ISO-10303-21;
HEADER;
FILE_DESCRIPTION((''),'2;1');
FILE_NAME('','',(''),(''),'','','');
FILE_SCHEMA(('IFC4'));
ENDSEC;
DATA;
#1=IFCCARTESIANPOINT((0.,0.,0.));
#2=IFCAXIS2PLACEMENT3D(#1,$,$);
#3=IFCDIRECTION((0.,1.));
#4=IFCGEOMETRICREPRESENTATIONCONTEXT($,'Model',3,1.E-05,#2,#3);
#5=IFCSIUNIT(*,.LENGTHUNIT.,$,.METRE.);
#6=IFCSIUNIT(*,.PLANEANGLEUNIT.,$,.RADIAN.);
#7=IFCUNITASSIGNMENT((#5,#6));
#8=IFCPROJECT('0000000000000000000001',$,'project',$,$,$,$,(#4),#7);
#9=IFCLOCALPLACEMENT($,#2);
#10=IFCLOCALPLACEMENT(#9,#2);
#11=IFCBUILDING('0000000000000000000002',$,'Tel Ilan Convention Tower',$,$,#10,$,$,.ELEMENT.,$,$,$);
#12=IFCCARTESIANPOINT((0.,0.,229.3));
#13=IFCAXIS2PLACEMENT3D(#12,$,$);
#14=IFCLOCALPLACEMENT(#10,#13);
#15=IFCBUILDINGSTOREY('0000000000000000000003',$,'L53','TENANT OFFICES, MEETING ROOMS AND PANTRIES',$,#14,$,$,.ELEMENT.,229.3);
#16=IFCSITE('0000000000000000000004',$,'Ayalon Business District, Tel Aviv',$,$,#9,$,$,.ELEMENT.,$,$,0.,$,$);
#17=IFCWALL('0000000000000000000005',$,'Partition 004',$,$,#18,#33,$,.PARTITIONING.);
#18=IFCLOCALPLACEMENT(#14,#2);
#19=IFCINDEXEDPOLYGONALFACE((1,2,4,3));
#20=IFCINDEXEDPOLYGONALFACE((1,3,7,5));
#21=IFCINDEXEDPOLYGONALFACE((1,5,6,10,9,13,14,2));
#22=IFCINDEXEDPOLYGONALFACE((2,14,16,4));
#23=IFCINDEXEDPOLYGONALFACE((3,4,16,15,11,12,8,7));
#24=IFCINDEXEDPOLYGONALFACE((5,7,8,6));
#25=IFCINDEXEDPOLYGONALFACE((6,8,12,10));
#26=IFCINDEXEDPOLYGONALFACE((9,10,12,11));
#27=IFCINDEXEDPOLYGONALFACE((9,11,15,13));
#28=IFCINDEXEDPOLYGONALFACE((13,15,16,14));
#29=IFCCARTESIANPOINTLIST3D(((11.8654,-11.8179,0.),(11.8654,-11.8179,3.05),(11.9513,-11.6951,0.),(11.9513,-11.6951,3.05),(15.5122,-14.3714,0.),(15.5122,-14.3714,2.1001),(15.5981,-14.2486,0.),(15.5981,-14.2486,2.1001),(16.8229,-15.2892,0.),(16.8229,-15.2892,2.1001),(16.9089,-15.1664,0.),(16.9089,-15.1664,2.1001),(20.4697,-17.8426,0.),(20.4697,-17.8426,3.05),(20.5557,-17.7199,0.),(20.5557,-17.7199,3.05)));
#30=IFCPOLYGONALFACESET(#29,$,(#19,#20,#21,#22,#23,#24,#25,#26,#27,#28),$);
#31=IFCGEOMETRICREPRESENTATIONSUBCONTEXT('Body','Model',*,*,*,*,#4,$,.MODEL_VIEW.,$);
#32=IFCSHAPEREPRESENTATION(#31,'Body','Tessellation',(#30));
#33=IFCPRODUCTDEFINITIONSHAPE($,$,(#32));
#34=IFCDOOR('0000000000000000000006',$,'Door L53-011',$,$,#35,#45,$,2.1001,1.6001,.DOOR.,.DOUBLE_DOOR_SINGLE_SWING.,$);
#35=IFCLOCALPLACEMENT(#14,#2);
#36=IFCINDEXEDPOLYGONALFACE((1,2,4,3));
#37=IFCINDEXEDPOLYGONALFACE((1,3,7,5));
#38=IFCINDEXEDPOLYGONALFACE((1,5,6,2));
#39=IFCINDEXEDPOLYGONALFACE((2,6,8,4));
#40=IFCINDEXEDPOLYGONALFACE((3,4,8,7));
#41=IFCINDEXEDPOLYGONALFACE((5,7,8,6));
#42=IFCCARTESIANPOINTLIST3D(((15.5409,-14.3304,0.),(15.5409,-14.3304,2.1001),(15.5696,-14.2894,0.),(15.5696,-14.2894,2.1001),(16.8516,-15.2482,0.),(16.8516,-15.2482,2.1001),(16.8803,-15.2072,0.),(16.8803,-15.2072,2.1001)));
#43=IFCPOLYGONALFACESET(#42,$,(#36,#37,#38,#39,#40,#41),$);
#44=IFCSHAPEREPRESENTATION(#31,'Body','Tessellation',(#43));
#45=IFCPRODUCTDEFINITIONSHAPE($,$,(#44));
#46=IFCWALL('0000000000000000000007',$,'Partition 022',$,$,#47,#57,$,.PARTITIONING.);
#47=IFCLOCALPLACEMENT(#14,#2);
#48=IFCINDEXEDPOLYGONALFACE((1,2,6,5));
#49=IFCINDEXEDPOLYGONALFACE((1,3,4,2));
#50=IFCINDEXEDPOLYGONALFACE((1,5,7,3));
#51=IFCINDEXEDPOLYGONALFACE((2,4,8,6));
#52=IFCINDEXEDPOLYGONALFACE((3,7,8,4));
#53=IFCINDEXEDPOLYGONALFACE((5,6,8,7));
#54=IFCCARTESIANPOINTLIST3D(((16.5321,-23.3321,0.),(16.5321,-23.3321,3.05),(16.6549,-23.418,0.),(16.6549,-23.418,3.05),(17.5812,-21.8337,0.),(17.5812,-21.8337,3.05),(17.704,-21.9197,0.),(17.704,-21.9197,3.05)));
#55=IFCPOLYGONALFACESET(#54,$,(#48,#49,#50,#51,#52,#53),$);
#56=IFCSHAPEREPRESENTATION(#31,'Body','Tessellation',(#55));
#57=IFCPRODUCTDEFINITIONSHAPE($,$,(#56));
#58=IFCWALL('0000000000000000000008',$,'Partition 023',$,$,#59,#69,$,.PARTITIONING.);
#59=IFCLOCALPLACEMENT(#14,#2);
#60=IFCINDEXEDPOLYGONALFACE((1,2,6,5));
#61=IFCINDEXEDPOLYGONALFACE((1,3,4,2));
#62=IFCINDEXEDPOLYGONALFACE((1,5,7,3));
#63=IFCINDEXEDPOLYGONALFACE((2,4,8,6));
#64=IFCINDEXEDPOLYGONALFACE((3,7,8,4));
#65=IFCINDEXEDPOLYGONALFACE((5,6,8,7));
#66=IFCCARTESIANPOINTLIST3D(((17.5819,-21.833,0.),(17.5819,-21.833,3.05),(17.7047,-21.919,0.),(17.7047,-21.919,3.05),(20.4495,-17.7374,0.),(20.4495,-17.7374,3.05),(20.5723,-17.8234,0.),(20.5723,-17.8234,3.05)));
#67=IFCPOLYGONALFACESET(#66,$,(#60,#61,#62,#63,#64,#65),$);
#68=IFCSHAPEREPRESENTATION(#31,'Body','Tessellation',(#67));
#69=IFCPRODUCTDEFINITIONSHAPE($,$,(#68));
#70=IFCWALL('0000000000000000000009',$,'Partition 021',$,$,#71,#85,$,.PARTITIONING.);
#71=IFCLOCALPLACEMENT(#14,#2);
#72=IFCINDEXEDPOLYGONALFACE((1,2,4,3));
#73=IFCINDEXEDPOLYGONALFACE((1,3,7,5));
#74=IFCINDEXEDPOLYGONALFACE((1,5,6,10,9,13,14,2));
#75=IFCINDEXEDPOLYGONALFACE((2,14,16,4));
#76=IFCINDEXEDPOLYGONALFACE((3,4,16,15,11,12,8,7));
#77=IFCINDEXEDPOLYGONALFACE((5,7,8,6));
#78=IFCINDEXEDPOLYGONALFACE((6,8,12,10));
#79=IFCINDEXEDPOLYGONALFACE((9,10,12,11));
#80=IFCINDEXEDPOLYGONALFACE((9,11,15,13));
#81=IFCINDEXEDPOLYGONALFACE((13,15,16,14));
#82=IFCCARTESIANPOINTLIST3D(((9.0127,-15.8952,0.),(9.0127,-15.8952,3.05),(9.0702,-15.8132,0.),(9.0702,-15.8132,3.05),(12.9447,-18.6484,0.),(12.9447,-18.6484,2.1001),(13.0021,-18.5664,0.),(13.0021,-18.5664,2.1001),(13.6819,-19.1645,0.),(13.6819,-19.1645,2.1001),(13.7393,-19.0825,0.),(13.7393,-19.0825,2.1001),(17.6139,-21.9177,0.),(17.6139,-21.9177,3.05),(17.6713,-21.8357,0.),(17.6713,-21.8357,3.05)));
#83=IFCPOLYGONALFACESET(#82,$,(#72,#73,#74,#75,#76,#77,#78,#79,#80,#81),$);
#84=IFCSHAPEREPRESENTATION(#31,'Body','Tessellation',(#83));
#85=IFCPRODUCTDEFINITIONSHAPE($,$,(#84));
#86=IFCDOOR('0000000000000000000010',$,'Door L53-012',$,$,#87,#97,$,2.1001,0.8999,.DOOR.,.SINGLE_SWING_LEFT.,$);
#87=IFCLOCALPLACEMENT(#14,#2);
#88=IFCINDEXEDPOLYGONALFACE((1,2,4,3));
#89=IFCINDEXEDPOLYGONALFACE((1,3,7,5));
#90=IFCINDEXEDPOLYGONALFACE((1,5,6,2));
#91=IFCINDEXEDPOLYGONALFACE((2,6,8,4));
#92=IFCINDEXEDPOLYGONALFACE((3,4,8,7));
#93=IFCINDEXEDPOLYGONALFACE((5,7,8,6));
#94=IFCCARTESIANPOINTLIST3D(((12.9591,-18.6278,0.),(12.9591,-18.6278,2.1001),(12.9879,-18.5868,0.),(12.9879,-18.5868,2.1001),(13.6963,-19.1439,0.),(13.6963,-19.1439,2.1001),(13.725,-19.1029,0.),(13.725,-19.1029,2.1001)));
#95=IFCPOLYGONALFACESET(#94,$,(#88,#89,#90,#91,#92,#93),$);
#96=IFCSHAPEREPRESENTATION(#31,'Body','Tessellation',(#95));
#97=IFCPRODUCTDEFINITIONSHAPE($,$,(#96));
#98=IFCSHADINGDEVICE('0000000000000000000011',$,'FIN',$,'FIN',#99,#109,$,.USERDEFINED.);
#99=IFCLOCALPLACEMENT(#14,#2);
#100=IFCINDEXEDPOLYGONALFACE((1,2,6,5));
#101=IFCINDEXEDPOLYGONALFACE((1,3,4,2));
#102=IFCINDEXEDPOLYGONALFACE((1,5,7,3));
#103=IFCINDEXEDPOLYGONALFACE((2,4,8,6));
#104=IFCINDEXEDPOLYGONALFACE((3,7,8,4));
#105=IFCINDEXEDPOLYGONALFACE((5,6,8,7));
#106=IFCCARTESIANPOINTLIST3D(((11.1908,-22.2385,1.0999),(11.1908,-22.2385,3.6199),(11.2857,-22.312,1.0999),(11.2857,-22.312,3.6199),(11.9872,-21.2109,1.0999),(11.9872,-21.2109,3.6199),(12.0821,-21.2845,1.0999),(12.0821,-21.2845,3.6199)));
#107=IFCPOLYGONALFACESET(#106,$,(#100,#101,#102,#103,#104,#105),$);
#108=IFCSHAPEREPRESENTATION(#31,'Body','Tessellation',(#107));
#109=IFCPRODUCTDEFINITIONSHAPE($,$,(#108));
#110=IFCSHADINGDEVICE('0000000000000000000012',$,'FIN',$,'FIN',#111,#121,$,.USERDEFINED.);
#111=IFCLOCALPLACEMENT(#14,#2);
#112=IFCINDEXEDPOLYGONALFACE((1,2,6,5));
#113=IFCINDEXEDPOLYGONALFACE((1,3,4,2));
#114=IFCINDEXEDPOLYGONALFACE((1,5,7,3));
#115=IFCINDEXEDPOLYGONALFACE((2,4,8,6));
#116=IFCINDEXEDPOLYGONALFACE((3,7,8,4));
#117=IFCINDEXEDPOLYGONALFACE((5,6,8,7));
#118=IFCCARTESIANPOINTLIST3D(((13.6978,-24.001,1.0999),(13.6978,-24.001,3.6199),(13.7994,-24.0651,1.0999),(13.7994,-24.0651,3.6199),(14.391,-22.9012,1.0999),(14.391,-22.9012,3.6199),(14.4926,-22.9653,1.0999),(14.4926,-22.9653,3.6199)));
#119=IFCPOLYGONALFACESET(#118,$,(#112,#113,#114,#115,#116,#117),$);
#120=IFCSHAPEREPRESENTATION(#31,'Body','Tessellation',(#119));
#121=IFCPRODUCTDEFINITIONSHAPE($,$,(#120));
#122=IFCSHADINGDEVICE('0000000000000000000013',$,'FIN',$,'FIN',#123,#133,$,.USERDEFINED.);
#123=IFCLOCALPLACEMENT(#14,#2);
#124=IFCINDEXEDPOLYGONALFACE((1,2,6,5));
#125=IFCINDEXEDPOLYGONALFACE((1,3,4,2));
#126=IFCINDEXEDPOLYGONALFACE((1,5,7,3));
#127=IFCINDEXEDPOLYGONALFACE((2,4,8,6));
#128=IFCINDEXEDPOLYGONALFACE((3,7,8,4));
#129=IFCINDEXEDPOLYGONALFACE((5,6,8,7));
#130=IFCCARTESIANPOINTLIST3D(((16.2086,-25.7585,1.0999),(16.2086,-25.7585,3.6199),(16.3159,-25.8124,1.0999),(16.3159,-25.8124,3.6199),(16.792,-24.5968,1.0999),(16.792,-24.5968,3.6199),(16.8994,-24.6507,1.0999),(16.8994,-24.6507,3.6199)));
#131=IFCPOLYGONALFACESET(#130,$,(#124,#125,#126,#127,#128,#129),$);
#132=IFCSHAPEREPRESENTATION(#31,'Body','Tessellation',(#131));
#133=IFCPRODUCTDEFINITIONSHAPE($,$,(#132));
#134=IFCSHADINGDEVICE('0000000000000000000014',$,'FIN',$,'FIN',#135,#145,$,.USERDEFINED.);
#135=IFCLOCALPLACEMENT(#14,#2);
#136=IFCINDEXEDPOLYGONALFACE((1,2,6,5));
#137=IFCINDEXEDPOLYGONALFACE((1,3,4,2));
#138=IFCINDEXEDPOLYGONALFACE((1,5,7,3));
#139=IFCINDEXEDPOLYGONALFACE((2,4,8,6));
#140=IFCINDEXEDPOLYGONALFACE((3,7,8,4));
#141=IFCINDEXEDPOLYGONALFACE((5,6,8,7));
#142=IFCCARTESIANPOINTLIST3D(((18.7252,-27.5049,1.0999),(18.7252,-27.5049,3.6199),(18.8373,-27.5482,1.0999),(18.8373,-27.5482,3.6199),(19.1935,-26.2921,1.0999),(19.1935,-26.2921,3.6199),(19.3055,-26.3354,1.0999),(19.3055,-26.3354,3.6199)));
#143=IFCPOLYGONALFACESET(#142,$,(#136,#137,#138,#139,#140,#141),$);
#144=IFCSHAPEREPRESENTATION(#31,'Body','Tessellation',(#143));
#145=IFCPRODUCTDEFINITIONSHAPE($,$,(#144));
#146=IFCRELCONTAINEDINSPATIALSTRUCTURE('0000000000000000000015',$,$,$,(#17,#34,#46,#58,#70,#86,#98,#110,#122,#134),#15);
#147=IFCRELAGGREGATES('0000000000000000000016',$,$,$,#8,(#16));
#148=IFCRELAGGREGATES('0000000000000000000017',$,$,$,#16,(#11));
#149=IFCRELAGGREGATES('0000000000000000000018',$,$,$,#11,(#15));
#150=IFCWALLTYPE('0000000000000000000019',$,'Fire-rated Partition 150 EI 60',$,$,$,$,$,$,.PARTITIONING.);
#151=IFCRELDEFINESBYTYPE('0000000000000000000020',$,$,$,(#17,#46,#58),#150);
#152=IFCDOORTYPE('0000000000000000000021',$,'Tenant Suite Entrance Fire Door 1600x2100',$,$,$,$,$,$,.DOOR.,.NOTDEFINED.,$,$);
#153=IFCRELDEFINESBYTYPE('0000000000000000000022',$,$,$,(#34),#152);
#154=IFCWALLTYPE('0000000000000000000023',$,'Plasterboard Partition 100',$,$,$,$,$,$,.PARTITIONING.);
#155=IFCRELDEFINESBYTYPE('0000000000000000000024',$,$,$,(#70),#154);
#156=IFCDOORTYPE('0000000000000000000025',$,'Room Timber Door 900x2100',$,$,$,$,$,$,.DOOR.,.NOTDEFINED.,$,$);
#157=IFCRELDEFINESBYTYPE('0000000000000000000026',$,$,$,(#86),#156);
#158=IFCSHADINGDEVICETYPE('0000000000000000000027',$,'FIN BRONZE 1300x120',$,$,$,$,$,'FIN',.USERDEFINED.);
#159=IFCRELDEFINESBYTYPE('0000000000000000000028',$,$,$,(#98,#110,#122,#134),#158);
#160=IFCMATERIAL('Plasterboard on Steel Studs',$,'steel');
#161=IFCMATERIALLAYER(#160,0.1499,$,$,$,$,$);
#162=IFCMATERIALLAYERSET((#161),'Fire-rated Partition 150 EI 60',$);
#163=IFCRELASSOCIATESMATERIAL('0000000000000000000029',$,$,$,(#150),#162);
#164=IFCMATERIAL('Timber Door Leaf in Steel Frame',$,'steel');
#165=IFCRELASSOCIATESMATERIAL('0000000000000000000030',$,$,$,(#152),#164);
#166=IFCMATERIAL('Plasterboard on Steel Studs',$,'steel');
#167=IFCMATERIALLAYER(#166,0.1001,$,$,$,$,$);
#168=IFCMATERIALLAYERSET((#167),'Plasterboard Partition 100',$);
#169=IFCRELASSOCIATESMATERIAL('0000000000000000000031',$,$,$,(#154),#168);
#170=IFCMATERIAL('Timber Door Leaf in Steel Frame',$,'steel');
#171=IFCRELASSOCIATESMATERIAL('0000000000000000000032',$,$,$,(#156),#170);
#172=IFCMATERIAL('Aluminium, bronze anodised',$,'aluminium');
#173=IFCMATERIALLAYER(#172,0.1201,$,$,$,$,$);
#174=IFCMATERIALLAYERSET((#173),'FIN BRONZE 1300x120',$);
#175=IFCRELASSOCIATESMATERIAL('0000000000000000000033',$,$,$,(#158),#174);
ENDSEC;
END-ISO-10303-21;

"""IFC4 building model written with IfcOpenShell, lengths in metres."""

from ifc_helpers import new_model, si_unit, direction, frame, frame_2d, origin, origin_2d, place, context, subcontext, project, spatial, rectangle, extrude, material, layer, layer_set, type_object, element, fill, save


model = new_model("IFC4")

# Units and contexts
model_context = context("Model", 3, precision=1e-05, world=origin(), true_north=direction((0.0, 1.0)))
body_context = subcontext(model_context, "Body", "Model", "MODEL_VIEW")
ifc_project = project(units=[si_unit("LENGTHUNIT", "METRE"), si_unit("PLANEANGLEUNIT", "RADIAN")], contexts=[model_context])

# Site, building, storey
site_placement = place(None, origin())
site = spatial("IfcSite", under=ifc_project, at=site_placement, Name="Ayalon Business District, Tel Aviv", CompositionType="ELEMENT", RefElevation=0.0)
building_placement = place(site_placement, origin())
building = spatial("IfcBuilding", under=site, at=building_placement, Name="Tel Ilan Convention Tower", CompositionType="ELEMENT")
storey_placement = place(building_placement, frame((0.0, 0.0, 229.3)))
storey = spatial("IfcBuildingStorey", under=building, at=storey_placement, Name="L53", Description="TENANT OFFICES, MEETING ROOMS AND PANTRIES", CompositionType="ELEMENT", Elevation=229.3)

# Wall, opening, door
ifc_material_1 = material(Name="Plasterboard on Steel Studs", Category="steel")
ifc_layer_1 = layer(ifc_material_1, 0.1499)
ifc_layer_set_1 = layer_set([ifc_layer_1], Name="Fire-rated Partition 150 EI 60")
wall_type_1 = type_object("IfcWallType", Name="Fire-rated Partition 150 EI 60", PredefinedType="PARTITIONING", material=ifc_layer_set_1)
wall_1_placement = place(storey_placement, frame((20.5127, -17.7812, 0.0), z_axis=(0.0, 0.0, 1.0), x_axis=(-0.819157, 0.57357, 0.0)))
wall_1 = element("IfcWall", 1, at=wall_1_placement, inside=storey, type_object=wall_type_1, Name="Partition 004", PredefinedType="PARTITIONING", context=body_context, shape_type="SweptSolid", body=[
    extrude(rectangle(XDim=10.5039, YDim=0.1499, at=frame_2d((5.252, 0.0))), origin(), (0.0, 0.0, 1.0), 3.05),
])
opening_1_placement = place(wall_1_placement, frame((4.4519, 0.0, 0.0)))
opening_1 = element("IfcOpeningElement", 2, at=opening_1_placement, cuts=wall_1, PredefinedType="OPENING", context=body_context, shape_type="SweptSolid", body=[
    extrude(rectangle(XDim=1.6001, YDim=2.1001, at=frame_2d((0.8, 1.05))), frame((0.0, 0.085, 0.0), z_axis=(0.0, -1.0, 0.0), x_axis=(1.0, 0.0, 0.0)), (0.0, 0.0, 1.0), 0.1699),
])
ifc_material_2 = material(Name="Timber Door Leaf in Steel Frame", Category="steel")
door_type_1 = type_object("IfcDoorType", Name="Tenant Suite Entrance Fire Door 1600x2100", OperationType="NOTDEFINED", PredefinedType="DOOR", material=ifc_material_2)
door_1_placement = place(opening_1_placement, origin())
door_1 = element("IfcDoor", 3, at=door_1_placement, inside=storey, type_object=door_type_1, Name="Door L53-011", OperationType="DOUBLE_DOOR_SINGLE_SWING", OverallHeight=2.1001, OverallWidth=1.6001, PredefinedType="DOOR", context=body_context, shape_type="SweptSolid", body=[
    extrude(rectangle(XDim=1.6001, YDim=2.1001, at=frame_2d((0.8, 1.05))), frame((0.0, 0.0249, 0.0), z_axis=(0.0, -1.0, 0.0), x_axis=(1.0, 0.0, 0.0)), (0.0, 0.0, 1.0), 0.05),
])
fill(opening_1, door_1)

# Walls
wall_2_placement = place(storey_placement, frame((17.6426, -21.8767, 0.0), z_axis=(0.0, 0.0, 1.0), x_axis=(-0.573561, -0.819163, 0.0)))
element("IfcWall", 4, at=wall_2_placement, inside=storey, type_object=wall_type_1, Name="Partition 022", PredefinedType="PARTITIONING", context=body_context, shape_type="SweptSolid", body=[
    extrude(rectangle(XDim=1.8291, YDim=0.1499, at=frame_2d((0.9146, 0.0))), origin(), (0.0, 0.0, 1.0), 3.05),
])
wall_3_placement = place(storey_placement, frame((20.511, -17.7803, 0.0), z_axis=(0.0, 0.0, 1.0), x_axis=(-0.573554, -0.819168, 0.0)))
element("IfcWall", 5, at=wall_3_placement, inside=storey, type_object=wall_type_1, Name="Partition 023", PredefinedType="PARTITIONING", context=body_context, shape_type="SweptSolid", body=[
    extrude(rectangle(XDim=4.9998, YDim=0.1499, at=frame_2d((2.5, 0.0))), origin(), (0.0, 0.0, 1.0), 3.05),
])

# Wall, opening, door
ifc_material_3 = material(Name="Plasterboard on Steel Studs", Category="steel")
ifc_layer_2 = layer(ifc_material_3, 0.1001)
ifc_layer_set_2 = layer_set([ifc_layer_2], Name="Plasterboard Partition 100")
wall_type_2 = type_object("IfcWallType", Name="Plasterboard Partition 100", PredefinedType="PARTITIONING", material=ifc_layer_set_2)
wall_4_placement = place(storey_placement, frame((17.6426, -21.8767, 0.0), z_axis=(0.0, 0.0, 1.0), x_axis=(-0.819155, 0.573572, 0.0)))
wall_4 = element("IfcWall", 6, at=wall_4_placement, inside=storey, type_object=wall_type_2, Name="Partition 021", PredefinedType="PARTITIONING", context=body_context, shape_type="SweptSolid", body=[
    extrude(rectangle(XDim=10.5, YDim=0.1001, at=frame_2d((5.25, 0.0))), origin(), (0.0, 0.0, 1.0), 3.05),
])
opening_2_placement = place(wall_4_placement, frame((4.8, 0.0, 0.0)))
opening_2 = element("IfcOpeningElement", 7, at=opening_2_placement, cuts=wall_4, PredefinedType="OPENING", context=body_context, shape_type="SweptSolid", body=[
    extrude(rectangle(XDim=0.8999, YDim=2.1001, at=frame_2d((0.45, 1.05))), frame((0.0, 0.0601, 0.0), z_axis=(0.0, -1.0, 0.0), x_axis=(1.0, 0.0, 0.0)), (0.0, 0.0, 1.0), 0.1201),
])
ifc_material_4 = material(Name="Timber Door Leaf in Steel Frame", Category="steel")
door_type_2 = type_object("IfcDoorType", Name="Room Timber Door 900x2100", OperationType="NOTDEFINED", PredefinedType="DOOR", material=ifc_material_4)
door_2_placement = place(opening_2_placement, origin())
door_2 = element("IfcDoor", 8, at=door_2_placement, inside=storey, type_object=door_type_2, Name="Door L53-012", OperationType="SINGLE_SWING_LEFT", OverallHeight=2.1001, OverallWidth=0.8999, PredefinedType="DOOR", context=body_context, shape_type="SweptSolid", body=[
    extrude(rectangle(XDim=0.8999, YDim=2.1001, at=frame_2d((0.45, 1.05))), frame((0.0, 0.0249, 0.0), z_axis=(0.0, -1.0, 0.0), x_axis=(1.0, 0.0, 0.0)), (0.0, 0.0, 1.0), 0.05),
])
fill(opening_2, door_2)

# Shading devices
ifc_material_5 = material(Name="Aluminium, bronze anodised", Category="aluminium")
ifc_layer_3 = layer(ifc_material_5, 0.1201)
ifc_layer_set_3 = layer_set([ifc_layer_3], Name="FIN BRONZE 1300x120")
shading_device_type = type_object("IfcShadingDeviceType", Name="FIN BRONZE 1300x120", ElementType="FIN", PredefinedType="USERDEFINED", material=ifc_layer_set_3)
for number, where, z_axis, x_axis, name in (
    (9, (11.6365, -21.7615, 1.0999), (0.0, 0.0, 1.0), (-0.612601, -0.790393, 0.0), "FIN"),
    (10, (14.0952, -23.4832, 1.0999), (0.0, 0.0, 1.0), (-0.533204, -0.845986, 0.0), "FIN"),
    (11, (16.554, -25.2046, 1.0999), (0.0, 0.0, 1.0), (-0.448799, -0.893633, 0.0), "FIN"),
    (12, (19.0154, -26.9202, 1.0999), (0.0, 0.0, 1.0), (-0.360178, -0.932884, 0.0), "FIN"),
):
    element("IfcShadingDevice", number, at=place(storey_placement, frame(where, z_axis=z_axis, x_axis=x_axis)), inside=storey, type_object=shading_device_type, Name=name, ObjectType="FIN", PredefinedType="USERDEFINED", context=body_context, shape_type="SweptSolid", body=[
        extrude(rectangle(XDim=1.3, YDim=0.1201, at=origin_2d()), origin(), (0.0, 0.0, 1.0), 2.52),
    ])

save(model, "model.ifc")
